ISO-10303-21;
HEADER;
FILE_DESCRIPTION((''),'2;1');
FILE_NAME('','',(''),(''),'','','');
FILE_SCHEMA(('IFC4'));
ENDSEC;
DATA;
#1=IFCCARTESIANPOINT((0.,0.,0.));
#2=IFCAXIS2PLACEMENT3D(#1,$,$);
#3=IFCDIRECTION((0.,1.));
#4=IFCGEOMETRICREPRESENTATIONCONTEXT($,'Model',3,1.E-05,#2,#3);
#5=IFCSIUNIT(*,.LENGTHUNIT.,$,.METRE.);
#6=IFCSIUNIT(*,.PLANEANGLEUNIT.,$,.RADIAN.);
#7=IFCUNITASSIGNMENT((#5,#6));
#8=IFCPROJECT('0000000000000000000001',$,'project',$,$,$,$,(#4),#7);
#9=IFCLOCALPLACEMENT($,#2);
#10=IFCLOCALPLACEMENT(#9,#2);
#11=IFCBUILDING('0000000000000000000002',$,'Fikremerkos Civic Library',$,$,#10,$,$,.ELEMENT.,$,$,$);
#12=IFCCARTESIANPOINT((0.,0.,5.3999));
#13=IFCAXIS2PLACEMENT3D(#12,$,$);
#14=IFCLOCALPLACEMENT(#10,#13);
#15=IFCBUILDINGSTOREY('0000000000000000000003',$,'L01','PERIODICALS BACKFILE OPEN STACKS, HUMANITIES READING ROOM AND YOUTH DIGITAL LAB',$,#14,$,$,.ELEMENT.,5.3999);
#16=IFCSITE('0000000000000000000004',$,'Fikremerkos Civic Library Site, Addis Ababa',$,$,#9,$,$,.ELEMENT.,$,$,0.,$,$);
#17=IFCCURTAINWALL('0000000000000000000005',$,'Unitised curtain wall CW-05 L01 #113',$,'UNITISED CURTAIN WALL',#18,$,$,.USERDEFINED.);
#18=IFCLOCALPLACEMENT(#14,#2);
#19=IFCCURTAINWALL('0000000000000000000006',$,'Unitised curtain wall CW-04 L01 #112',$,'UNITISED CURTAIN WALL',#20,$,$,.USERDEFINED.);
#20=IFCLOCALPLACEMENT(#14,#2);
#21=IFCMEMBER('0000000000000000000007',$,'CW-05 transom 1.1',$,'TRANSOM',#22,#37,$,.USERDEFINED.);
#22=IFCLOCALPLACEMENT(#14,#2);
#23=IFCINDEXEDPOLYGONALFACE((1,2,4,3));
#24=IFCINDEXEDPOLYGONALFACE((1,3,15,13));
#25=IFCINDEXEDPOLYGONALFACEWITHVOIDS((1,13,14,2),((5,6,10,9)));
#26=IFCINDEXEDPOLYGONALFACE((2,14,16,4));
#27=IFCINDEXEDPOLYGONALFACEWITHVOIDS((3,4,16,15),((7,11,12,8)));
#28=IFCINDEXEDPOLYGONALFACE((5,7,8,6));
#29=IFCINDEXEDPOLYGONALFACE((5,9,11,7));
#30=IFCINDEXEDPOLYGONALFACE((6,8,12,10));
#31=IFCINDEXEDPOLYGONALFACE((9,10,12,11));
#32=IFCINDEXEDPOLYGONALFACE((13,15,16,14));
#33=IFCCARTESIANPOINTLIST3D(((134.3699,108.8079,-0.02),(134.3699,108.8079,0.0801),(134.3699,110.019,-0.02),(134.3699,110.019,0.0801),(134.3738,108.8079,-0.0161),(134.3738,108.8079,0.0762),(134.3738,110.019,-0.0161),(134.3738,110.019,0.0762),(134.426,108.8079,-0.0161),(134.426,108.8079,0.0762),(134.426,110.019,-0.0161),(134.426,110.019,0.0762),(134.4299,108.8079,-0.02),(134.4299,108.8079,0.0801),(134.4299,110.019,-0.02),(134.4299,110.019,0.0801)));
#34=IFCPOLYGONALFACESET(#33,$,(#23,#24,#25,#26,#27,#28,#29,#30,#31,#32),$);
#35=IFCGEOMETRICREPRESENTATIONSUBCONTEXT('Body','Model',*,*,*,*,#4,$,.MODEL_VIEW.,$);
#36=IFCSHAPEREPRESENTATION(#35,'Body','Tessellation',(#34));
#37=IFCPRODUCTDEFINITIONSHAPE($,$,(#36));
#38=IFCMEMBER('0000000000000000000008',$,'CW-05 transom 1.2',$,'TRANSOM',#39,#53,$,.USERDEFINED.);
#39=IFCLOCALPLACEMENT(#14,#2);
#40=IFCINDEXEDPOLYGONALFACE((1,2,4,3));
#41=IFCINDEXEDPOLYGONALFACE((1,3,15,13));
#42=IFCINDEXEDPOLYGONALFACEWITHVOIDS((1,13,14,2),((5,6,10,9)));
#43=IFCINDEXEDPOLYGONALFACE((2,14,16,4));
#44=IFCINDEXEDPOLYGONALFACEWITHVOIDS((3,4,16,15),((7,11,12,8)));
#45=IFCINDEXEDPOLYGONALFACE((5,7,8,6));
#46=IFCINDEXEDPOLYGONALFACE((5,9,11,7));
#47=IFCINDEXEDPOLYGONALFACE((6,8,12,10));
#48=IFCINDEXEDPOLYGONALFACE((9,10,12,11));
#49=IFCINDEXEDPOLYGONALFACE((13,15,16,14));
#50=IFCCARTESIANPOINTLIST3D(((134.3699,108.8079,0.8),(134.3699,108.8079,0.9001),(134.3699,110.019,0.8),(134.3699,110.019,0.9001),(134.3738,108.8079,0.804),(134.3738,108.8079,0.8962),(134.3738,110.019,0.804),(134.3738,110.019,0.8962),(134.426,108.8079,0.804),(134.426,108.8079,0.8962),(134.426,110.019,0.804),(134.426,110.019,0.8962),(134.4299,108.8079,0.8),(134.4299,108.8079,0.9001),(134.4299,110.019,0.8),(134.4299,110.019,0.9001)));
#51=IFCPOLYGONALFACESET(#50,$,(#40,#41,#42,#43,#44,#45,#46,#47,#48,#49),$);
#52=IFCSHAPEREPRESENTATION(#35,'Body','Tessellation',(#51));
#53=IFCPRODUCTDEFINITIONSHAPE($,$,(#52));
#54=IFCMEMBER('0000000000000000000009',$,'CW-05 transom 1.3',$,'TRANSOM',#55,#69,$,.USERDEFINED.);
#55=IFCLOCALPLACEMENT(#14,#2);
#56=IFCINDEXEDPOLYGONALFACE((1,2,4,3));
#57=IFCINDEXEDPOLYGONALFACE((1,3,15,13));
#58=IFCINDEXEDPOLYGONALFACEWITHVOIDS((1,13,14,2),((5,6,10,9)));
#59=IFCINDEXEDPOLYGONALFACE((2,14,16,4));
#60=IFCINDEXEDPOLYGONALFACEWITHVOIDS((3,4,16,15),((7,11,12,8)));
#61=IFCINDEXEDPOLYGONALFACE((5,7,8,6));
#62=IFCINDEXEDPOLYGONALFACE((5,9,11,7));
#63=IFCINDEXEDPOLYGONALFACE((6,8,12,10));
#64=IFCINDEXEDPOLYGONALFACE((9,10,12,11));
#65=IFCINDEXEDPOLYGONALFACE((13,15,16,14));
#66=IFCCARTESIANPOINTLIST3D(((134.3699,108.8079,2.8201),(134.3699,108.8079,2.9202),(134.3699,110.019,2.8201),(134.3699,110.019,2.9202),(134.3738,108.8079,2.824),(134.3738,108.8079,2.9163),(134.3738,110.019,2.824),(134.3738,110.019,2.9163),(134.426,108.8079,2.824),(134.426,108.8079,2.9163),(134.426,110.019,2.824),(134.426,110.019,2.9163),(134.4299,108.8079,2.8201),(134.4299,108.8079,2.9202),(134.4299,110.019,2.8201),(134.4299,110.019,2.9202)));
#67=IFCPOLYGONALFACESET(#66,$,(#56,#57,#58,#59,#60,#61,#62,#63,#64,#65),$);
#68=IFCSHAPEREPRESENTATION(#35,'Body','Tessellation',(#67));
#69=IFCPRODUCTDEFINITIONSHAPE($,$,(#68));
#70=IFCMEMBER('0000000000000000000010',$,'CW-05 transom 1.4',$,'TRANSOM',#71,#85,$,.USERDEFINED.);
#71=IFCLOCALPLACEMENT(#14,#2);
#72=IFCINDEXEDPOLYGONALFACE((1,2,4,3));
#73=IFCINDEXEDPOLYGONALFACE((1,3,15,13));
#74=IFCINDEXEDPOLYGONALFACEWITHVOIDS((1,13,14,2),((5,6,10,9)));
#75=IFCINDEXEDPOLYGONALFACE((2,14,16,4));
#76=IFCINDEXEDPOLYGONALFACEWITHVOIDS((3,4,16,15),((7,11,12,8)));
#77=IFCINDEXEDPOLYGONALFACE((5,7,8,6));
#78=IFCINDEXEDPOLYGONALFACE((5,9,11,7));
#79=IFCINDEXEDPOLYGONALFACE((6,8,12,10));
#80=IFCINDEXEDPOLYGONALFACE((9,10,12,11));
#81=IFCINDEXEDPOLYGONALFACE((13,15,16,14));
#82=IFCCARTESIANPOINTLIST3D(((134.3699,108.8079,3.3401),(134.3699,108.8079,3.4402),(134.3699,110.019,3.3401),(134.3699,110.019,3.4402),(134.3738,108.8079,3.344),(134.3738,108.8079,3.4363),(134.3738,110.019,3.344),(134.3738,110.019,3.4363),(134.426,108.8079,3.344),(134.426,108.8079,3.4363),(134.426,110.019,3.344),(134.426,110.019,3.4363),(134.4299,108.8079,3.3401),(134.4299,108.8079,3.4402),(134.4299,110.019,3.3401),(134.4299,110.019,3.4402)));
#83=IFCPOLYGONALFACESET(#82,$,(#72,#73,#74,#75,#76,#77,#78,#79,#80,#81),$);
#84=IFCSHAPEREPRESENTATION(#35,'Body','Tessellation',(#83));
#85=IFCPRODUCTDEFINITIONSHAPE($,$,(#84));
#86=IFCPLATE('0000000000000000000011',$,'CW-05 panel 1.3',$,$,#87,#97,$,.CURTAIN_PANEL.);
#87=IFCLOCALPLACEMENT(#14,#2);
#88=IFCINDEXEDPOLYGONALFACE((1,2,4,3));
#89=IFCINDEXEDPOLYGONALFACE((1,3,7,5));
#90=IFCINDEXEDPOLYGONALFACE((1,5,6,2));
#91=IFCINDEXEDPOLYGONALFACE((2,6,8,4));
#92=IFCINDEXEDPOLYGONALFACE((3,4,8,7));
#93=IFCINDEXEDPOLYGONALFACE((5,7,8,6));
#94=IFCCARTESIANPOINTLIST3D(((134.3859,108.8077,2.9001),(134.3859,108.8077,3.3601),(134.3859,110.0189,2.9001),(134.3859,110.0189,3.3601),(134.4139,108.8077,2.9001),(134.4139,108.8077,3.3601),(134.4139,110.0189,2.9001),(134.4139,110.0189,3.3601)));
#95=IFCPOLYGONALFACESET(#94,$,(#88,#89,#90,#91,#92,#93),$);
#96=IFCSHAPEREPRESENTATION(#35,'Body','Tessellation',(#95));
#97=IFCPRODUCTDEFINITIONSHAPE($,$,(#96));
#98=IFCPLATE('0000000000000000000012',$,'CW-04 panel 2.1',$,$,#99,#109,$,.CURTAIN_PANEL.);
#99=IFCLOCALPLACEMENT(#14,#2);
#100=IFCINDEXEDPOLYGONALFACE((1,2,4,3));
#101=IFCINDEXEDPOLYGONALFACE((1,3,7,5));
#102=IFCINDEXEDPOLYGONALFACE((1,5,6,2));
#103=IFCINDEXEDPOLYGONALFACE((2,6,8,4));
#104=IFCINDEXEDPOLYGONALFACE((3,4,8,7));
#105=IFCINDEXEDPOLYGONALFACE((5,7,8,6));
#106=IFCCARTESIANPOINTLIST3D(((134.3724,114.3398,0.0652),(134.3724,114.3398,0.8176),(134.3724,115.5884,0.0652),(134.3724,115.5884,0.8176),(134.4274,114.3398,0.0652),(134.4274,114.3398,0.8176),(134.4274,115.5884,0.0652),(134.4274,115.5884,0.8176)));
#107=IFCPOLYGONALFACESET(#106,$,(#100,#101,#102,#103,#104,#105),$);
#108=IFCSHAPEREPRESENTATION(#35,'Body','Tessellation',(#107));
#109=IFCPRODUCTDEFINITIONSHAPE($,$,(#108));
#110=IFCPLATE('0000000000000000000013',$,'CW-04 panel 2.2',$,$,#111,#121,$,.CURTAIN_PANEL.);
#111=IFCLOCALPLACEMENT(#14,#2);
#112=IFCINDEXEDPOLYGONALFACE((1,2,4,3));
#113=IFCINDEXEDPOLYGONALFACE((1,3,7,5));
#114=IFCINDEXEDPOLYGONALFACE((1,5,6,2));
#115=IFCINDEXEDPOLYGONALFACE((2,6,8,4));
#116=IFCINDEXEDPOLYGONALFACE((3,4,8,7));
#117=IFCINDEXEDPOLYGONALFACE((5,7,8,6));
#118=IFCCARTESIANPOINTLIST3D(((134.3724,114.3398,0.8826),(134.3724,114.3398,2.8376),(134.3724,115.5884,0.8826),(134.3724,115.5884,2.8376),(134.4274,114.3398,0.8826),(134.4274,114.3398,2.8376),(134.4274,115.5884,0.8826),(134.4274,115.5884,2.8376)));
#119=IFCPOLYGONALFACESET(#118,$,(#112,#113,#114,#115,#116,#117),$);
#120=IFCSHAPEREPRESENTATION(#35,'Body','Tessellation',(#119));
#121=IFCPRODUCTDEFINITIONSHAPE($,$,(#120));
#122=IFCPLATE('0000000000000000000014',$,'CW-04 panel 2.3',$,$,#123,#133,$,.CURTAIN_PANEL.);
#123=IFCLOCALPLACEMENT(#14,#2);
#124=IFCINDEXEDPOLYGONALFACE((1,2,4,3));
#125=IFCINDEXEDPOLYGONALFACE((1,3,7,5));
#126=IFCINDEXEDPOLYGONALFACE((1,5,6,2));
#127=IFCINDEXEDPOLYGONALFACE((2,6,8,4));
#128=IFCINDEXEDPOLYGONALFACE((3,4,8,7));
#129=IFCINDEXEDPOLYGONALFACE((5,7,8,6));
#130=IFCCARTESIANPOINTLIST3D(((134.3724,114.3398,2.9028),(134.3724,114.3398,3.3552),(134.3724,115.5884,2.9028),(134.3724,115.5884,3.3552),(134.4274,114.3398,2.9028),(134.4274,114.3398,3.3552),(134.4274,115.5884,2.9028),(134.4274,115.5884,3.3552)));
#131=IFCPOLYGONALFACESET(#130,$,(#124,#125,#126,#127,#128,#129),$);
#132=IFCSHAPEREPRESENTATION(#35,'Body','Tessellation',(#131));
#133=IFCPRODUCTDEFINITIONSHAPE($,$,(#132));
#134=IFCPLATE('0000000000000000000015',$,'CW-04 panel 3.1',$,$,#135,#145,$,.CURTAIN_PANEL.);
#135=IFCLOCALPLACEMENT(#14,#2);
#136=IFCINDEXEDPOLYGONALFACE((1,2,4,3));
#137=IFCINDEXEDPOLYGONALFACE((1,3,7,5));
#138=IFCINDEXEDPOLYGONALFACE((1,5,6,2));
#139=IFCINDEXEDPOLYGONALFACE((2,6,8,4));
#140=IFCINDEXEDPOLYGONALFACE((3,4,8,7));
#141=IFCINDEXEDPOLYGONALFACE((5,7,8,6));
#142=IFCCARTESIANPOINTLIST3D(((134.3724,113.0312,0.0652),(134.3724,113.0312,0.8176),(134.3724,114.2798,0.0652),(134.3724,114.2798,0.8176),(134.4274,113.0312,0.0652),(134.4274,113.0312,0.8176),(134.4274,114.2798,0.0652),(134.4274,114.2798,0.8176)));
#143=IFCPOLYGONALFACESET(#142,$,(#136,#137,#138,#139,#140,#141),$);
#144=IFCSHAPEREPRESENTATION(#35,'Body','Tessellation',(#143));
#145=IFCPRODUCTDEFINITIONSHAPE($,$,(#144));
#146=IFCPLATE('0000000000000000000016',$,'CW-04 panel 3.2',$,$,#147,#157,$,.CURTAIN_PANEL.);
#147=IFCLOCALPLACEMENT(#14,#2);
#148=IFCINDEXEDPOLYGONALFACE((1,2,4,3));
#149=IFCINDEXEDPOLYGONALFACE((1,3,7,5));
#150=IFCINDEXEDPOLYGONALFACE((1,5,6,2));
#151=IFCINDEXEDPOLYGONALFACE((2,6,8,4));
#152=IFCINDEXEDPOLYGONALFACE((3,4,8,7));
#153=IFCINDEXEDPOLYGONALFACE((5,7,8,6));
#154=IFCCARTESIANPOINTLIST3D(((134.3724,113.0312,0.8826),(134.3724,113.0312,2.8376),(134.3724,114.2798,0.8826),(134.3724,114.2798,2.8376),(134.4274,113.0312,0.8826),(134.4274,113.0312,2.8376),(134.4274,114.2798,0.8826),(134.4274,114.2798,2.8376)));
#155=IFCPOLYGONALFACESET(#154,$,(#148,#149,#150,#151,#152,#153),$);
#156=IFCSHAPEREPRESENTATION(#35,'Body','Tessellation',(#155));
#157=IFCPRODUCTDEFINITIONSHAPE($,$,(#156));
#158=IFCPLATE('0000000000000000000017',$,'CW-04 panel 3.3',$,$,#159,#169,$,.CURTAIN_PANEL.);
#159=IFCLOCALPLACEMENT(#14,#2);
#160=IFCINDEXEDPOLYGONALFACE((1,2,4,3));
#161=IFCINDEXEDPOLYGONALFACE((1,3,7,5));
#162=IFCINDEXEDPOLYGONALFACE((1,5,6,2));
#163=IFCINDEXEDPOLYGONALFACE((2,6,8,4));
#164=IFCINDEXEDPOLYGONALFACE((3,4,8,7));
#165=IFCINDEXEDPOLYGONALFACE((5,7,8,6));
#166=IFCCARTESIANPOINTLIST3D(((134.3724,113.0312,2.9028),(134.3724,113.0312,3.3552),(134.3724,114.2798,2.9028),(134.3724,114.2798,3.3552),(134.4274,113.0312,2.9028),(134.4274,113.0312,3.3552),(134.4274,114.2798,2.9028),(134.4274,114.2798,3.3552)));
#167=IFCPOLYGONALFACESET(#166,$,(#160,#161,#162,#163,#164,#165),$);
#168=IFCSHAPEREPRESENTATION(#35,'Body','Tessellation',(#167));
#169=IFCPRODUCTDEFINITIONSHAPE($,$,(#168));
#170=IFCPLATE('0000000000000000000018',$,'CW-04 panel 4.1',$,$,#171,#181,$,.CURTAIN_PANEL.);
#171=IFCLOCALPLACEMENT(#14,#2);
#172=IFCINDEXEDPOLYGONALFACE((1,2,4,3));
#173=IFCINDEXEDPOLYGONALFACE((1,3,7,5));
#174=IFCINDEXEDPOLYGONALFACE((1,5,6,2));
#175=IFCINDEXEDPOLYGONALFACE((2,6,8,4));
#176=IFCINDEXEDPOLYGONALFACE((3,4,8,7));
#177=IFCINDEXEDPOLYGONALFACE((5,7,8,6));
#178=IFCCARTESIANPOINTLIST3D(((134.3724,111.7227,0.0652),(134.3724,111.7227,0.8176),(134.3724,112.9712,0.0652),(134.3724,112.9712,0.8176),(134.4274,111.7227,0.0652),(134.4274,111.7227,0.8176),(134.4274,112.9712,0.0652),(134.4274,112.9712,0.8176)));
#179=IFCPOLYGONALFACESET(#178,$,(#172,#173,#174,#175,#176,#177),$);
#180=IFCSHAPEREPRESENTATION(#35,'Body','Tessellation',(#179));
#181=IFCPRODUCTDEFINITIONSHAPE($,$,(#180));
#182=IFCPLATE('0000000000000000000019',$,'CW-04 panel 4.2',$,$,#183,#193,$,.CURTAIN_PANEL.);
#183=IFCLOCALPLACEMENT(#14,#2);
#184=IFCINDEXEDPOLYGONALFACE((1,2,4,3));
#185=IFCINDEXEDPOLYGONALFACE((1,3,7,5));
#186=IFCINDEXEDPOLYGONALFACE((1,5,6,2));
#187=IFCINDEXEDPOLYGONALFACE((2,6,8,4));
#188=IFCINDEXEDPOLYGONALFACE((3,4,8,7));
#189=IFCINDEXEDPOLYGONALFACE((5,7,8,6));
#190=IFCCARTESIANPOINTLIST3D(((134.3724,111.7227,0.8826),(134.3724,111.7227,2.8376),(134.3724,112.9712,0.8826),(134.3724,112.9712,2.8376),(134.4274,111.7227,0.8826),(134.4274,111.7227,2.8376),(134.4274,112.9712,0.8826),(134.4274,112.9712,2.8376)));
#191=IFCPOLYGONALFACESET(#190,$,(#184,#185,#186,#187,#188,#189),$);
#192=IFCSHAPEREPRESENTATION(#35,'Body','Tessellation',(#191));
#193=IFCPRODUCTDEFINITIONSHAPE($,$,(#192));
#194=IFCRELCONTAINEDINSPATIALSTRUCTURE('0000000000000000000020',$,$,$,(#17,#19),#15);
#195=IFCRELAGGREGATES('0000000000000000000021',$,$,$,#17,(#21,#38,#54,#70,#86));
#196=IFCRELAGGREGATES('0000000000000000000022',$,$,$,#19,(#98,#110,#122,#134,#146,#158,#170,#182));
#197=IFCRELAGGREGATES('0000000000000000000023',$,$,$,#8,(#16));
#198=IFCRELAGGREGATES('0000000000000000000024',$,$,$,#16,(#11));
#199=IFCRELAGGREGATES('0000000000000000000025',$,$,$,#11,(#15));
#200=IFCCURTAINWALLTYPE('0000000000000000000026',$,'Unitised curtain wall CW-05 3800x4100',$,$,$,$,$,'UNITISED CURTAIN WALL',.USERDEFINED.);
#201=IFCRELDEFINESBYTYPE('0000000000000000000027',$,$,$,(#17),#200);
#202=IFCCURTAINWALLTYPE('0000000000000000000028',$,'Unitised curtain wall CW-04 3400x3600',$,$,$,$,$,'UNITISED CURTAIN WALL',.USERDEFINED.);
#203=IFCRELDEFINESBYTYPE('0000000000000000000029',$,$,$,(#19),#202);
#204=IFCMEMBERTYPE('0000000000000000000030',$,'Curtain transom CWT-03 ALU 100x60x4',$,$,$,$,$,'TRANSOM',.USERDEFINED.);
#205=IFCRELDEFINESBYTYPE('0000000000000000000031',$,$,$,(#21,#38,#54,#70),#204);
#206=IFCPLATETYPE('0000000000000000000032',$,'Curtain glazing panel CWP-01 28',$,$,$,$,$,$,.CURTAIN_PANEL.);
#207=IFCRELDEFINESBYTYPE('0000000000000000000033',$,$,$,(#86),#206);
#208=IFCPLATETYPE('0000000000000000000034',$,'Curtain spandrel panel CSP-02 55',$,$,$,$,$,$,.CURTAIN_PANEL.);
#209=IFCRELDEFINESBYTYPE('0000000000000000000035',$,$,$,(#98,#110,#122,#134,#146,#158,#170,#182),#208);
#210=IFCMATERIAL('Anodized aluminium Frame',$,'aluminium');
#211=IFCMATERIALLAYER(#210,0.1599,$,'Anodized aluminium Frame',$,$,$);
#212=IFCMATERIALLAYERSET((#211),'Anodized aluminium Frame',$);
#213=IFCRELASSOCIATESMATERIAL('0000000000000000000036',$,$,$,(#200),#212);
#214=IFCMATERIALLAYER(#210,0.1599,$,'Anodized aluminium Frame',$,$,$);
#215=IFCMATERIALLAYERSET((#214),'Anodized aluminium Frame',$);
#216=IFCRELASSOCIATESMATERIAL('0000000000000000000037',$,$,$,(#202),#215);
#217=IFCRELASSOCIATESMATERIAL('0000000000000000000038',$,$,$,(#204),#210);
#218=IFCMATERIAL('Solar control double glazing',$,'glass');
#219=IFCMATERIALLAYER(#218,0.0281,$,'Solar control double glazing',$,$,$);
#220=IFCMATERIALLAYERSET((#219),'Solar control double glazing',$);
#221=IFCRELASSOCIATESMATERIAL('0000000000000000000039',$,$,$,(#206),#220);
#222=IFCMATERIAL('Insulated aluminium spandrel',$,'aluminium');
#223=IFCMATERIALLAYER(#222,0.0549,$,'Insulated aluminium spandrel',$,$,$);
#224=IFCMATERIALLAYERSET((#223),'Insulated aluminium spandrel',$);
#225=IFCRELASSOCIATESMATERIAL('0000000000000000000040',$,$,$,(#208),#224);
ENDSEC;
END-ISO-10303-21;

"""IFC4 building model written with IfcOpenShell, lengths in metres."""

from ifc_helpers import new_model, si_unit, direction, frame, origin, origin_2d, place, context, subcontext, project, spatial, rectangle, hollow_rectangle, extrude, material, layer, layer_set, material_profile, profile_set, type_object, element, aggregate, save


model = new_model("IFC4")

# Units and contexts
model_context = context("Model", 3, precision=1e-05, world=origin(), true_north=direction((0.0, 1.0)))
body_context = subcontext(model_context, "Body", "Model", "MODEL_VIEW")
ifc_project = project(units=[si_unit("LENGTHUNIT", "METRE"), si_unit("PLANEANGLEUNIT", "RADIAN")], contexts=[model_context])

# Site, building, storey
site_placement = place(None, origin())
site = spatial("IfcSite", under=ifc_project, at=site_placement, Name="Fikremerkos Civic Library Site, Addis Ababa", CompositionType="ELEMENT", RefElevation=0.0)
building_placement = place(site_placement, origin())
building = spatial("IfcBuilding", under=site, at=building_placement, Name="Fikremerkos Civic Library", CompositionType="ELEMENT")
storey_placement = place(building_placement, frame((0.0, 0.0, 5.3999)))
storey = spatial("IfcBuildingStorey", under=building, at=storey_placement, Name="L01", Description="PERIODICALS BACKFILE OPEN STACKS, HUMANITIES READING ROOM AND YOUTH DIGITAL LAB", CompositionType="ELEMENT", Elevation=5.3999)

# Curtain wall
ifc_material_1 = material(Name="Anodized aluminium Frame", Category="aluminium")
ifc_layer_1 = layer(ifc_material_1, 0.1599, Name="Anodized aluminium Frame")
ifc_layer_set_1 = layer_set([ifc_layer_1], Name="Anodized aluminium Frame")
curtain_wall_type_1 = type_object("IfcCurtainWallType", Name="Unitised curtain wall CW-05 3800x4100", ElementType="UNITISED CURTAIN WALL", PredefinedType="USERDEFINED", material=ifc_layer_set_1)
curtain_wall_1_placement = place(storey_placement, origin())
curtain_wall_1 = element("IfcCurtainWall", 1, at=curtain_wall_1_placement, inside=storey, type_object=curtain_wall_type_1, Name="Unitised curtain wall CW-05 L01 #113", ObjectType="UNITISED CURTAIN WALL", PredefinedType="USERDEFINED")

# Curtain wall
ifc_layer_2 = layer(ifc_material_1, 0.1599, Name="Anodized aluminium Frame")
ifc_layer_set_2 = layer_set([ifc_layer_2], Name="Anodized aluminium Frame")
curtain_wall_type_2 = type_object("IfcCurtainWallType", Name="Unitised curtain wall CW-04 3400x3600", ElementType="UNITISED CURTAIN WALL", PredefinedType="USERDEFINED", material=ifc_layer_set_2)
curtain_wall_2_placement = place(storey_placement, origin())
curtain_wall_2 = element("IfcCurtainWall", 2, at=curtain_wall_2_placement, inside=storey, type_object=curtain_wall_type_2, Name="Unitised curtain wall CW-04 L01 #112", ObjectType="UNITISED CURTAIN WALL", PredefinedType="USERDEFINED")

# Members
ifc_material_profile_1 = material_profile(ifc_material_1, hollow_rectangle(XDim=0.0601, YDim=0.1001, WallThickness=0.0039, at=origin_2d()), Name="ALU 100x60x4")
ifc_profile_set_1 = profile_set([ifc_material_profile_1], Name="Anodized aluminium Frame")
member_type_1 = type_object("IfcMemberType", Name="Curtain transom CWT-03 ALU 100x60x4", ElementType="TRANSOM", PredefinedType="USERDEFINED", material=ifc_profile_set_1)
member_1_placement = place(storey_placement, frame((134.3999, 110.019, 0.03), z_axis=(0.0, -1.0, 0.0), x_axis=(1.0, 0.0, 0.0)))
member_1 = element("IfcMember", 3, at=member_1_placement, type_object=member_type_1, Name="CW-05 transom 1.1", ObjectType="TRANSOM", PredefinedType="USERDEFINED", context=body_context, shape_type="SweptSolid", body=[
    extrude(hollow_rectangle(XDim=0.0601, YDim=0.1001, WallThickness=0.0039, at=origin_2d()), origin(), (0.0, 0.0, 1.0), 1.2112),
])
member_2_placement = place(storey_placement, frame((134.3999, 110.019, 0.8501), z_axis=(0.0, -1.0, 0.0), x_axis=(1.0, 0.0, 0.0)))
member_2 = element("IfcMember", 4, at=member_2_placement, type_object=member_type_1, Name="CW-05 transom 1.2", ObjectType="TRANSOM", PredefinedType="USERDEFINED", context=body_context, shape_type="SweptSolid", body=[
    extrude(hollow_rectangle(XDim=0.0601, YDim=0.1001, WallThickness=0.0039, at=origin_2d()), origin(), (0.0, 0.0, 1.0), 1.2112),
])
member_3_placement = place(storey_placement, frame((134.3999, 110.019, 2.8701), z_axis=(0.0, -1.0, 0.0), x_axis=(1.0, 0.0, 0.0)))
member_3 = element("IfcMember", 5, at=member_3_placement, type_object=member_type_1, Name="CW-05 transom 1.3", ObjectType="TRANSOM", PredefinedType="USERDEFINED", context=body_context, shape_type="SweptSolid", body=[
    extrude(hollow_rectangle(XDim=0.0601, YDim=0.1001, WallThickness=0.0039, at=origin_2d()), origin(), (0.0, 0.0, 1.0), 1.2112),
])
member_4_placement = place(storey_placement, frame((134.3999, 110.019, 3.3901), z_axis=(0.0, -1.0, 0.0), x_axis=(1.0, 0.0, 0.0)))
member_4 = element("IfcMember", 6, at=member_4_placement, type_object=member_type_1, Name="CW-05 transom 1.4", ObjectType="TRANSOM", PredefinedType="USERDEFINED", context=body_context, shape_type="SweptSolid", body=[
    extrude(hollow_rectangle(XDim=0.0601, YDim=0.1001, WallThickness=0.0039, at=origin_2d()), origin(), (0.0, 0.0, 1.0), 1.2112),
])

# Plates
ifc_material_2 = material(Name="Solar control double glazing", Category="glass")
ifc_layer_3 = layer(ifc_material_2, 0.0281, Name="Solar control double glazing")
ifc_layer_set_3 = layer_set([ifc_layer_3], Name="Solar control double glazing")
plate_type_1 = type_object("IfcPlateType", Name="Curtain glazing panel CWP-01 28", PredefinedType="CURTAIN_PANEL", material=ifc_layer_set_3)
plate_1_placement = place(storey_placement, frame((134.3999, 109.4133, 2.9001), z_axis=(0.0, 0.0, 1.0), x_axis=(0.0, -1.0, 0.0)))
plate_1 = element("IfcPlate", 7, at=plate_1_placement, type_object=plate_type_1, Name="CW-05 panel 1.3", PredefinedType="CURTAIN_PANEL", context=body_context, shape_type="SweptSolid", body=[
    extrude(rectangle(XDim=1.2112, YDim=0.0281, at=origin_2d()), origin(), (0.0, 0.0, 1.0), 0.46),
])
aggregate(curtain_wall_1, [member_1, member_2, member_3, member_4, plate_1])
ifc_material_3 = material(Name="Insulated aluminium spandrel", Category="aluminium")
ifc_layer_4 = layer(ifc_material_3, 0.0549, Name="Insulated aluminium spandrel")
ifc_layer_set_4 = layer_set([ifc_layer_4], Name="Insulated aluminium spandrel")
plate_type_2 = type_object("IfcPlateType", Name="Curtain spandrel panel CSP-02 55", PredefinedType="CURTAIN_PANEL", material=ifc_layer_set_4)
plate_2_placement = place(storey_placement, frame((134.3999, 114.9641, 0.0652), z_axis=(0.0, 0.0, 1.0), x_axis=(0.0, -1.0, 0.0)))
plate_2 = element("IfcPlate", 8, at=plate_2_placement, type_object=plate_type_2, Name="CW-04 panel 2.1", PredefinedType="CURTAIN_PANEL", context=body_context, shape_type="SweptSolid", body=[
    extrude(rectangle(XDim=1.2485, YDim=0.0549, at=origin_2d()), origin(), (0.0, 0.0, 1.0), 0.7524),
])
plate_3_placement = place(storey_placement, frame((134.3999, 114.9641, 0.8826), z_axis=(0.0, 0.0, 1.0), x_axis=(0.0, -1.0, 0.0)))
plate_3 = element("IfcPlate", 9, at=plate_3_placement, type_object=plate_type_2, Name="CW-04 panel 2.2", PredefinedType="CURTAIN_PANEL", context=body_context, shape_type="SweptSolid", body=[
    extrude(rectangle(XDim=1.2485, YDim=0.0549, at=origin_2d()), origin(), (0.0, 0.0, 1.0), 1.9551),
])
plate_4_placement = place(storey_placement, frame((134.3999, 114.9641, 2.9028), z_axis=(0.0, 0.0, 1.0), x_axis=(0.0, -1.0, 0.0)))
plate_4 = element("IfcPlate", 10, at=plate_4_placement, type_object=plate_type_2, Name="CW-04 panel 2.3", PredefinedType="CURTAIN_PANEL", context=body_context, shape_type="SweptSolid", body=[
    extrude(rectangle(XDim=1.2485, YDim=0.0549, at=origin_2d()), origin(), (0.0, 0.0, 1.0), 0.4524),
])
plate_5_placement = place(storey_placement, frame((134.3999, 113.6555, 0.0652), z_axis=(0.0, 0.0, 1.0), x_axis=(0.0, -1.0, 0.0)))
plate_5 = element("IfcPlate", 11, at=plate_5_placement, type_object=plate_type_2, Name="CW-04 panel 3.1", PredefinedType="CURTAIN_PANEL", context=body_context, shape_type="SweptSolid", body=[
    extrude(rectangle(XDim=1.2485, YDim=0.0549, at=origin_2d()), origin(), (0.0, 0.0, 1.0), 0.7524),
])
plate_6_placement = place(storey_placement, frame((134.3999, 113.6555, 0.8826), z_axis=(0.0, 0.0, 1.0), x_axis=(0.0, -1.0, 0.0)))
plate_6 = element("IfcPlate", 12, at=plate_6_placement, type_object=plate_type_2, Name="CW-04 panel 3.2", PredefinedType="CURTAIN_PANEL", context=body_context, shape_type="SweptSolid", body=[
    extrude(rectangle(XDim=1.2485, YDim=0.0549, at=origin_2d()), origin(), (0.0, 0.0, 1.0), 1.9551),
])
plate_7_placement = place(storey_placement, frame((134.3999, 113.6555, 2.9028), z_axis=(0.0, 0.0, 1.0), x_axis=(0.0, -1.0, 0.0)))
plate_7 = element("IfcPlate", 13, at=plate_7_placement, type_object=plate_type_2, Name="CW-04 panel 3.3", PredefinedType="CURTAIN_PANEL", context=body_context, shape_type="SweptSolid", body=[
    extrude(rectangle(XDim=1.2485, YDim=0.0549, at=origin_2d()), origin(), (0.0, 0.0, 1.0), 0.4524),
])
plate_8_placement = place(storey_placement, frame((134.3999, 112.3469, 0.0652), z_axis=(0.0, 0.0, 1.0), x_axis=(0.0, -1.0, 0.0)))
plate_8 = element("IfcPlate", 14, at=plate_8_placement, type_object=plate_type_2, Name="CW-04 panel 4.1", PredefinedType="CURTAIN_PANEL", context=body_context, shape_type="SweptSolid", body=[
    extrude(rectangle(XDim=1.2485, YDim=0.0549, at=origin_2d()), origin(), (0.0, 0.0, 1.0), 0.7524),
])
plate_9_placement = place(storey_placement, frame((134.3999, 112.3469, 0.8826), z_axis=(0.0, 0.0, 1.0), x_axis=(0.0, -1.0, 0.0)))
plate_9 = element("IfcPlate", 15, at=plate_9_placement, type_object=plate_type_2, Name="CW-04 panel 4.2", PredefinedType="CURTAIN_PANEL", context=body_context, shape_type="SweptSolid", body=[
    extrude(rectangle(XDim=1.2485, YDim=0.0549, at=origin_2d()), origin(), (0.0, 0.0, 1.0), 1.9551),
])
aggregate(curtain_wall_2, [plate_2, plate_3, plate_4, plate_5, plate_6, plate_7, plate_8, plate_9])

save(model, "model.ifc")
